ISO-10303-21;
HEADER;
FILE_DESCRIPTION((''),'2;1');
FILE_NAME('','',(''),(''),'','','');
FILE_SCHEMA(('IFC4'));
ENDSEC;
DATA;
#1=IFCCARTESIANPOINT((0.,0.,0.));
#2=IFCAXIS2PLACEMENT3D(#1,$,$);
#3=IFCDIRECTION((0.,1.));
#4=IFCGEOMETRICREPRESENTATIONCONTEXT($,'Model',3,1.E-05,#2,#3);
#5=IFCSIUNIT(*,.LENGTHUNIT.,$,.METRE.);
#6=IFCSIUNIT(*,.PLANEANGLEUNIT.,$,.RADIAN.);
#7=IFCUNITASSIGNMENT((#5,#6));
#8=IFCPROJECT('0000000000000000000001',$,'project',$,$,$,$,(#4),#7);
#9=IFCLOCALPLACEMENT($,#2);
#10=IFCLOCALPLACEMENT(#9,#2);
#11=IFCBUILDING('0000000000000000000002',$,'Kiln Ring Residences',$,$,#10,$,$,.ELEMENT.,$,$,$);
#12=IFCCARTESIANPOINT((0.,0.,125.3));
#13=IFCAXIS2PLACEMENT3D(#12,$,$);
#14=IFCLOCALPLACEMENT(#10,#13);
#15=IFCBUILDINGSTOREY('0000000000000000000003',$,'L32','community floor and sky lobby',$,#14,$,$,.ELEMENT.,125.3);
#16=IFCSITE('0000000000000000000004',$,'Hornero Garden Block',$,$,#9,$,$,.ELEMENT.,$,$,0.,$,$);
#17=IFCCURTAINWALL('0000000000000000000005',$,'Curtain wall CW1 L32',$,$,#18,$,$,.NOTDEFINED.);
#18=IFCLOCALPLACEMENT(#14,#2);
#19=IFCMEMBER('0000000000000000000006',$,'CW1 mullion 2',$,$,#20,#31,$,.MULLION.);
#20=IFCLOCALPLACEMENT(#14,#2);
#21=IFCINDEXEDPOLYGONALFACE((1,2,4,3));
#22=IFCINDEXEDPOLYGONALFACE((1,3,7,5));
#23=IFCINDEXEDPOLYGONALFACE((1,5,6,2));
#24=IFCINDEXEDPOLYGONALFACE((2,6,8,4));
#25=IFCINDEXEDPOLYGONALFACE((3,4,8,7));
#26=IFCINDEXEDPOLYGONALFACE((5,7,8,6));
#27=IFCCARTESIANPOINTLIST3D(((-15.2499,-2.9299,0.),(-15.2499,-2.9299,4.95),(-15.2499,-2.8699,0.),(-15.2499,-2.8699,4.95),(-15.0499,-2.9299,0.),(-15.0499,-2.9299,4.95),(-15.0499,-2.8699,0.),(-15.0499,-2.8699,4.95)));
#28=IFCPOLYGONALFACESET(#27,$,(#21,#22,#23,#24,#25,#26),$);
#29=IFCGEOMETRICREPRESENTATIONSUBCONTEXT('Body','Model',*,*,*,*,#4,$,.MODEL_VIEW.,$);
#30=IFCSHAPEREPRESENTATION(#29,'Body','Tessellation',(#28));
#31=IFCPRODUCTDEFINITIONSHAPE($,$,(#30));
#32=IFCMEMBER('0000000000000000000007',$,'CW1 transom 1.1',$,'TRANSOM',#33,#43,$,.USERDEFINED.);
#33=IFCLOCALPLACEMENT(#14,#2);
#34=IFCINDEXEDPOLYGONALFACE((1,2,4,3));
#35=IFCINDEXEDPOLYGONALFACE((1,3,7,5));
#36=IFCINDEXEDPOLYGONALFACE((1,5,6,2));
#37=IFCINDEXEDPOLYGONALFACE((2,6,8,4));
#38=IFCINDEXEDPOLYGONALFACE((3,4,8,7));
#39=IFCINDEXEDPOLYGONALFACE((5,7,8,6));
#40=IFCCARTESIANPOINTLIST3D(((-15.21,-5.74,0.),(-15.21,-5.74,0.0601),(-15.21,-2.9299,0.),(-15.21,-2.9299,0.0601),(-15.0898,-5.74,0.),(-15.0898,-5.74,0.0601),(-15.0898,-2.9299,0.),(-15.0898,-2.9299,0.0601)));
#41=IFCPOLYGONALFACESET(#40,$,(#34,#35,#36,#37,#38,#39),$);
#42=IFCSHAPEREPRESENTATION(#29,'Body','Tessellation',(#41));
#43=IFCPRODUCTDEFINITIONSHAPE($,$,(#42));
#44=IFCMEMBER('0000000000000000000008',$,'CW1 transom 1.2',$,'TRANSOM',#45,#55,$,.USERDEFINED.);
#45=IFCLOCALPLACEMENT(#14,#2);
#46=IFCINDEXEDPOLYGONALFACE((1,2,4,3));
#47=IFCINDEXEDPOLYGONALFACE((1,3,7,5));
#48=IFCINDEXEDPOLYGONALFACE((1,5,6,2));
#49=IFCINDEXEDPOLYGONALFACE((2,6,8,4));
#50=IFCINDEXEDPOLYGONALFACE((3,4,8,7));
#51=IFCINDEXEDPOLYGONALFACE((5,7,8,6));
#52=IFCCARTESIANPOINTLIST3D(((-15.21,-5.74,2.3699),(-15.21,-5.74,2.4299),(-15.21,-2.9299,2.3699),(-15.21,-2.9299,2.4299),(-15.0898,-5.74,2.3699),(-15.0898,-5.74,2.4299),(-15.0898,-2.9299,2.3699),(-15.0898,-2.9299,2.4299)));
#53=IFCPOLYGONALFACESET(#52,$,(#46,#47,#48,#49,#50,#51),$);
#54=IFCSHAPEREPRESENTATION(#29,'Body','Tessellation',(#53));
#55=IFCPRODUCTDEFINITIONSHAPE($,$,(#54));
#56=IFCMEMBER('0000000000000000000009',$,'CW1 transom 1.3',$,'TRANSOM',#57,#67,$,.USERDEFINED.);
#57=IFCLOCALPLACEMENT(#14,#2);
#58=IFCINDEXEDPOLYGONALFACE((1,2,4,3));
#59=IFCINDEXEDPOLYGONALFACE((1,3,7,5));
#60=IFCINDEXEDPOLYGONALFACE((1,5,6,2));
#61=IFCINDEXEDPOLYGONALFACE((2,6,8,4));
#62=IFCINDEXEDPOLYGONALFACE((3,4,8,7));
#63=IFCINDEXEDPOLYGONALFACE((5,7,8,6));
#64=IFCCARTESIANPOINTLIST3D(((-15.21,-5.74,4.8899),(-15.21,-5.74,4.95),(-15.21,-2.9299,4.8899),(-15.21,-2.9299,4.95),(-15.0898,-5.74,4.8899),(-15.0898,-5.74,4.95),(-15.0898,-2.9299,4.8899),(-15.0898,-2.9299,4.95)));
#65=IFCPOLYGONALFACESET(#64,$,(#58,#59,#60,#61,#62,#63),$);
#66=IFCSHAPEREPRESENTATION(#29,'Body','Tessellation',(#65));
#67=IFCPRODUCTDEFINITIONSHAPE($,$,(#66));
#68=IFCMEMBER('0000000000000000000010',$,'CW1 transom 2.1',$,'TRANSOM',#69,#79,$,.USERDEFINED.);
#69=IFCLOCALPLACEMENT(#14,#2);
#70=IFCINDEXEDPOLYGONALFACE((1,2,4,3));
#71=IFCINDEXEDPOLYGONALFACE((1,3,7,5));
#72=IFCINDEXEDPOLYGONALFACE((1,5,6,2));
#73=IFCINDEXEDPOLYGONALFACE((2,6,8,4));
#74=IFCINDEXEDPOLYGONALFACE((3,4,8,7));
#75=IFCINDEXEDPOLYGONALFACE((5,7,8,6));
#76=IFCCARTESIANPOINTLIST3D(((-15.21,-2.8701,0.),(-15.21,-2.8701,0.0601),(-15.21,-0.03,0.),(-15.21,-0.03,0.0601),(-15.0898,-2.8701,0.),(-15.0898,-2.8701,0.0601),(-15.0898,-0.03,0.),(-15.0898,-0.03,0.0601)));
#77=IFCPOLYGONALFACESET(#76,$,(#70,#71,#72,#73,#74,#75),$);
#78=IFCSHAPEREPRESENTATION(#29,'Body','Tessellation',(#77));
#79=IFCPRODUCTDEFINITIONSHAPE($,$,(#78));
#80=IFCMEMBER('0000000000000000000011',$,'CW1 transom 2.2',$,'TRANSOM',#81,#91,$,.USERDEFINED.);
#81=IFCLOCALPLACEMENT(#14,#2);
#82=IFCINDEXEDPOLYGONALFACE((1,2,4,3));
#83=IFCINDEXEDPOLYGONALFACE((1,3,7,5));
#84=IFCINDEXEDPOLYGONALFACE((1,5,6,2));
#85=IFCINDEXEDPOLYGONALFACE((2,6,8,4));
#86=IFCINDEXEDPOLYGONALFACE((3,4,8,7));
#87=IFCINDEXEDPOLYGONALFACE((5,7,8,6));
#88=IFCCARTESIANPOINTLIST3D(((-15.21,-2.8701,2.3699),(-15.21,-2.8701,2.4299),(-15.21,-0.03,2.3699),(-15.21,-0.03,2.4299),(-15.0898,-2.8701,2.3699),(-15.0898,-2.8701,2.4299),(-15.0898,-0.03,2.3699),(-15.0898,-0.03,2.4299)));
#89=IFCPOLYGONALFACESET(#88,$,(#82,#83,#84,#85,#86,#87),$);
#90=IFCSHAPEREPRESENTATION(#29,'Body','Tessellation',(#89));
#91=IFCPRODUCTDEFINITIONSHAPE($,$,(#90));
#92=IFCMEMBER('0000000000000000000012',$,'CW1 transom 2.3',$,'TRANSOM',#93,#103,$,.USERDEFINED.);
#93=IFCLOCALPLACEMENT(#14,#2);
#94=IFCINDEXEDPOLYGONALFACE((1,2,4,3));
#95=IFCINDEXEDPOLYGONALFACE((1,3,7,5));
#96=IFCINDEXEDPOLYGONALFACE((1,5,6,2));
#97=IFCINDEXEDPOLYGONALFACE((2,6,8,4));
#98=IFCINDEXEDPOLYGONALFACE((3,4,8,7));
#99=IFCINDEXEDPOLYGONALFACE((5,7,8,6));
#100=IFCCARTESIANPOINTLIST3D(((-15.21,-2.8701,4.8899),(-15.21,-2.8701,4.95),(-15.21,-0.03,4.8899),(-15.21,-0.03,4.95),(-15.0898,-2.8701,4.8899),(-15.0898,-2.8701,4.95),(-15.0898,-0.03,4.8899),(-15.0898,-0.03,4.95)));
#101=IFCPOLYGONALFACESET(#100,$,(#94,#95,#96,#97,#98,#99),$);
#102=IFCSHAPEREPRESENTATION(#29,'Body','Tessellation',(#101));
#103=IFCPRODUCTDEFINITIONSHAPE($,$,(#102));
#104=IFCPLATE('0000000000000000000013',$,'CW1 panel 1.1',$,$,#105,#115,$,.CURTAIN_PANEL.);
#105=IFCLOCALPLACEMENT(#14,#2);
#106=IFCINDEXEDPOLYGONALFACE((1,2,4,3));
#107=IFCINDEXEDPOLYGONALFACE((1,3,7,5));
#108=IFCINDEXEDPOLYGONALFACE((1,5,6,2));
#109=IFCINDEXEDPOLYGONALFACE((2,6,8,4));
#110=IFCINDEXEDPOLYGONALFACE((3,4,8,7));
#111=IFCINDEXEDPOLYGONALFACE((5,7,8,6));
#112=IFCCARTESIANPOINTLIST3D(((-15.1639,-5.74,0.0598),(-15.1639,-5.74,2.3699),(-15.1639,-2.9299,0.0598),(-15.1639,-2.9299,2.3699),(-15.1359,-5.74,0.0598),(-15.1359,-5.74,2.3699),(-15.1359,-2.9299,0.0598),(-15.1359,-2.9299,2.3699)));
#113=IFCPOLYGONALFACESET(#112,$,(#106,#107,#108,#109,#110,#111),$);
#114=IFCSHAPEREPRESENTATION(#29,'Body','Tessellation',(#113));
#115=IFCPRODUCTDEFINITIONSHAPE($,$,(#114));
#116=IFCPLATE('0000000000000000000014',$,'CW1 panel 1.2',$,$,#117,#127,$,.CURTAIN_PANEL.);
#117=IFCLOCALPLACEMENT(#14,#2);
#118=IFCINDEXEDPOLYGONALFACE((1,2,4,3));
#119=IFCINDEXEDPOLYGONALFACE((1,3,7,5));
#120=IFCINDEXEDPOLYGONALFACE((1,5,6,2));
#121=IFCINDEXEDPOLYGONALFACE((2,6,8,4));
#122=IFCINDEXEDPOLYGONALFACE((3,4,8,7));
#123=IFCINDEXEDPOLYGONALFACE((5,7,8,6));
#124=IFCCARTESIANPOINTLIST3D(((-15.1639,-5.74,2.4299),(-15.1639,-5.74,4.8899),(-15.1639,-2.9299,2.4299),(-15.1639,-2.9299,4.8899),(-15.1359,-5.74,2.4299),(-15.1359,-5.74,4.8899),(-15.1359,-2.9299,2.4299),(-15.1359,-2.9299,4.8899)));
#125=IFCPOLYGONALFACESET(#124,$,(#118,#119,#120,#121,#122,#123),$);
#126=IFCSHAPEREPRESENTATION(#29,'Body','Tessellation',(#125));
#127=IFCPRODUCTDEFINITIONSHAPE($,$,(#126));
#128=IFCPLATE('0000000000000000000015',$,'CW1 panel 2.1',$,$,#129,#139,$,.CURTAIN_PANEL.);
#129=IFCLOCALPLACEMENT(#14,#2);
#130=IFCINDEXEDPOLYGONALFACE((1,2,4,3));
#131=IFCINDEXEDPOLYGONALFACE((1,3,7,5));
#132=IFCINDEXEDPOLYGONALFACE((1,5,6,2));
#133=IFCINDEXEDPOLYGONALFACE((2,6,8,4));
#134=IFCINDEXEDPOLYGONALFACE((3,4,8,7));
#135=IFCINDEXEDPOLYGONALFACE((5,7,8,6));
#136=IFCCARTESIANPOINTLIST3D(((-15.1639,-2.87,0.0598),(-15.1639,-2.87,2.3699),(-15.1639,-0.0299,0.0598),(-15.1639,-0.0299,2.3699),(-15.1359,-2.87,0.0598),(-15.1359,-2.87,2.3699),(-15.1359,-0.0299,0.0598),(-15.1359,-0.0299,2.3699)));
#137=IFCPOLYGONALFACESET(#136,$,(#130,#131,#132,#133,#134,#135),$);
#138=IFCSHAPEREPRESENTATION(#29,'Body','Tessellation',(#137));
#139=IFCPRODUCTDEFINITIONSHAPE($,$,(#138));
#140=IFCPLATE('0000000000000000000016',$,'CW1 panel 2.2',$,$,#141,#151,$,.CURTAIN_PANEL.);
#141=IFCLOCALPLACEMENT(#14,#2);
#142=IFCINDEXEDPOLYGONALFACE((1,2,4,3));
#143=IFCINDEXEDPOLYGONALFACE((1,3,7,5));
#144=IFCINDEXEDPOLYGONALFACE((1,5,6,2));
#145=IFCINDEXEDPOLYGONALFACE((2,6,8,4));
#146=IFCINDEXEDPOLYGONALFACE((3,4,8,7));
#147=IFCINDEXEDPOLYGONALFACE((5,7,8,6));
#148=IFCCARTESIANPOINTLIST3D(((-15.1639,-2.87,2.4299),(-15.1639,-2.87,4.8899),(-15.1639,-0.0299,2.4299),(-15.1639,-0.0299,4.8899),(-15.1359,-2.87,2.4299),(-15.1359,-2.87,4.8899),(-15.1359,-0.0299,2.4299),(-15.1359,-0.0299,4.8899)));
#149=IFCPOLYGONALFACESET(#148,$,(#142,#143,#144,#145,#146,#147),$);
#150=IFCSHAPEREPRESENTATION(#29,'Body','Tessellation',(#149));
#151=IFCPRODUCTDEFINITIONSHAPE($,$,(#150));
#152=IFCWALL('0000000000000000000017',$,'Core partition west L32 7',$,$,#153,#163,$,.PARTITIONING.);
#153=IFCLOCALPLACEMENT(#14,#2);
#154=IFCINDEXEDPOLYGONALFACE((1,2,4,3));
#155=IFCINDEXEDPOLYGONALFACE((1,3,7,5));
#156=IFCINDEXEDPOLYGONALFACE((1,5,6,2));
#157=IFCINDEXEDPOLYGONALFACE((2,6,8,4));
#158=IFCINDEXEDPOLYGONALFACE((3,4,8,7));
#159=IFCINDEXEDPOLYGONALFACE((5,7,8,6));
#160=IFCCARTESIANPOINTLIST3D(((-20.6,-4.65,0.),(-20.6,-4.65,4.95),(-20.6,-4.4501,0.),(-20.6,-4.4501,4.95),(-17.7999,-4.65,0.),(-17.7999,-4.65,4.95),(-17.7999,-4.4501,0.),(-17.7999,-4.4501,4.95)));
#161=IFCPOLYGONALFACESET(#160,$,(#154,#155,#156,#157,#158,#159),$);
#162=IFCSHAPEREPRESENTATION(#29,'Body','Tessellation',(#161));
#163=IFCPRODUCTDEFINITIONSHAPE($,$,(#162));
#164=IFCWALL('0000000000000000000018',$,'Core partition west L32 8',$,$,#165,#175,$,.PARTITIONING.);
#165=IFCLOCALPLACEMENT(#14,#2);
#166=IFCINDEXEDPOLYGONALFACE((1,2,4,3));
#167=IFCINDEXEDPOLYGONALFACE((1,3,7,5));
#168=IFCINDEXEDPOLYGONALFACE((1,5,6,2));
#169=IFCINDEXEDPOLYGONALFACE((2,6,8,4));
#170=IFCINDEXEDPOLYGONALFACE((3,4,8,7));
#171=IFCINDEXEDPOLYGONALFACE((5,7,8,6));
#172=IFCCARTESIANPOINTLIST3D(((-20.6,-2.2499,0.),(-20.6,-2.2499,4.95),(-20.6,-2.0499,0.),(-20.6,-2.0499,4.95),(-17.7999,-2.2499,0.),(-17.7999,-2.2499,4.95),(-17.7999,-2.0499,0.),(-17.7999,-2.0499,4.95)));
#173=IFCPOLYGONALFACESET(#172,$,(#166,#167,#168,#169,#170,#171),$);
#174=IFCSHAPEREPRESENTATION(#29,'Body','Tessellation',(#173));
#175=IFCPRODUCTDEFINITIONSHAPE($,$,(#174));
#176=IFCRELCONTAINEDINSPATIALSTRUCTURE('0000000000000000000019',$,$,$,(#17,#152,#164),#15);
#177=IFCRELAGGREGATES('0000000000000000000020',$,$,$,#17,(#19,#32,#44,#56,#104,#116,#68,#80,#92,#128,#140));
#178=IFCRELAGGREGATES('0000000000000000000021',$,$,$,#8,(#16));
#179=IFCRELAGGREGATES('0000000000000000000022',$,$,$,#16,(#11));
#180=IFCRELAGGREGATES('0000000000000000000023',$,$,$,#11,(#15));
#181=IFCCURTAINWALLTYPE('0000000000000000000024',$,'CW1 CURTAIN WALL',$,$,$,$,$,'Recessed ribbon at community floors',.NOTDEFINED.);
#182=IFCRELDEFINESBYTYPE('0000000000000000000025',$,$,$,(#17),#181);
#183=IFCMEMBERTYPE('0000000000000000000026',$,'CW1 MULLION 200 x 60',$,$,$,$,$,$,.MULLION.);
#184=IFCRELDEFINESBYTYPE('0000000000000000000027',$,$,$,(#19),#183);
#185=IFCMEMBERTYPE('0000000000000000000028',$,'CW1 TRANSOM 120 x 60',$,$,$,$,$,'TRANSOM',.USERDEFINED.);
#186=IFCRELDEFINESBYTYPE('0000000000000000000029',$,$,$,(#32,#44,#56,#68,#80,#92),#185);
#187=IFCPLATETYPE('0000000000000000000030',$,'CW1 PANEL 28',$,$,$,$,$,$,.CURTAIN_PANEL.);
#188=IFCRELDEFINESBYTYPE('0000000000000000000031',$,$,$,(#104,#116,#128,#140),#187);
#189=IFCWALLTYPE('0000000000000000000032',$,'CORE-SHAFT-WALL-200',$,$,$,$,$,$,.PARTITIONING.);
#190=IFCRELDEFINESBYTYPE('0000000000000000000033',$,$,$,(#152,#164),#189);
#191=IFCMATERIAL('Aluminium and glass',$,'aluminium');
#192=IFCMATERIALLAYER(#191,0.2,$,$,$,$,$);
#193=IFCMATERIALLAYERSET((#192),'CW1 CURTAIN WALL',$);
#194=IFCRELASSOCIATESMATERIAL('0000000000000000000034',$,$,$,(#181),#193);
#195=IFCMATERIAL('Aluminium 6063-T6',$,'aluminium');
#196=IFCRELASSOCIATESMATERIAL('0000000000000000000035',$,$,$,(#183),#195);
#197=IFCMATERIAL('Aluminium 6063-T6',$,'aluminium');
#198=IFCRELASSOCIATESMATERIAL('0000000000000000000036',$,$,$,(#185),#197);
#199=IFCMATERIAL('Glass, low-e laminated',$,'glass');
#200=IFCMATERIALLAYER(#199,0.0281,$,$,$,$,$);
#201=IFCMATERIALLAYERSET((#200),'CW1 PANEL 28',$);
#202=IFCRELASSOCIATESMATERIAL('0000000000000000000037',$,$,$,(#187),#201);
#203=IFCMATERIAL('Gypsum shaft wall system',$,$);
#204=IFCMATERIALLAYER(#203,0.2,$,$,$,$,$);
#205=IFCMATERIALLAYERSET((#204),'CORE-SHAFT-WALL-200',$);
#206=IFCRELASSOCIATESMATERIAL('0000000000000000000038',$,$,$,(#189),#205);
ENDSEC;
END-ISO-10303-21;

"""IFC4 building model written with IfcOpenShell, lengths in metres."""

from ifc_helpers import new_model, si_unit, direction, frame, frame_2d, origin, origin_2d, place, context, subcontext, project, spatial, rectangle, extrude, material, layer, layer_set, material_profile, profile_set, type_object, element, aggregate, save


model = new_model("IFC4")

# Units and contexts
model_context = context("Model", 3, precision=1e-05, world=origin(), true_north=direction((0.0, 1.0)))
body_context = subcontext(model_context, "Body", "Model", "MODEL_VIEW")
ifc_project = project(units=[si_unit("LENGTHUNIT", "METRE"), si_unit("PLANEANGLEUNIT", "RADIAN")], contexts=[model_context])

# Site, building, storey
site_placement = place(None, origin())
site = spatial("IfcSite", under=ifc_project, at=site_placement, Name="Hornero Garden Block", CompositionType="ELEMENT", RefElevation=0.0)
building_placement = place(site_placement, origin())
building = spatial("IfcBuilding", under=site, at=building_placement, Name="Kiln Ring Residences", CompositionType="ELEMENT")
storey_placement = place(building_placement, frame((0.0, 0.0, 125.3)))
storey = spatial("IfcBuildingStorey", under=building, at=storey_placement, Name="L32", Description="community floor and sky lobby", CompositionType="ELEMENT", Elevation=125.3)

# Curtain wall, members, plates
ifc_material_1 = material(Name="Aluminium and glass", Category="aluminium")
ifc_layer_1 = layer(ifc_material_1, 0.2)
ifc_layer_set_1 = layer_set([ifc_layer_1], Name="CW1 CURTAIN WALL")
curtain_wall_type = type_object("IfcCurtainWallType", Name="CW1 CURTAIN WALL", ElementType="Recessed ribbon at community floors", PredefinedType="NOTDEFINED", material=ifc_layer_set_1)
curtain_wall_placement = place(storey_placement, origin())
curtain_wall = element("IfcCurtainWall", 1, at=curtain_wall_placement, inside=storey, type_object=curtain_wall_type, Name="Curtain wall CW1 L32", PredefinedType="NOTDEFINED")
ifc_material_2 = material(Name="Aluminium 6063-T6", Category="aluminium")
ifc_material_profile_1 = material_profile(ifc_material_2, rectangle(XDim=0.2, YDim=0.0601, at=origin_2d()), Name="AL 200x60")
ifc_profile_set_1 = profile_set([ifc_material_profile_1], Name="Aluminium 6063-T6")
member_type_1 = type_object("IfcMemberType", Name="CW1 MULLION 200 x 60", PredefinedType="MULLION", material=ifc_profile_set_1)
member_1_placement = place(storey_placement, frame((-15.1499, -2.8999, 0.0), z_axis=(0.0, 0.0, 1.0), x_axis=(-1.0, 0.0, 0.0)))
member_1 = element("IfcMember", 2, at=member_1_placement, type_object=member_type_1, Name="CW1 mullion 2", PredefinedType="MULLION", context=body_context, shape_type="SweptSolid", body=[
    extrude(rectangle(XDim=0.2, YDim=0.0601, at=origin_2d()), origin(), (0.0, 0.0, 1.0), 4.95),
])
ifc_material_3 = material(Name="Aluminium 6063-T6", Category="aluminium")
ifc_material_profile_2 = material_profile(ifc_material_3, rectangle(XDim=0.1201, YDim=0.0601, at=origin_2d()), Name="AL 120x60")
ifc_profile_set_2 = profile_set([ifc_material_profile_2], Name="Aluminium 6063-T6")
member_type_2 = type_object("IfcMemberType", Name="CW1 TRANSOM 120 x 60", ElementType="TRANSOM", PredefinedType="USERDEFINED", material=ifc_profile_set_2)
member_2_placement = place(storey_placement, frame((-15.1499, -5.74, 0.03), z_axis=(0.0, 1.0, 0.0), x_axis=(-1.0, 0.0, 0.0)))
member_2 = element("IfcMember", 3, at=member_2_placement, type_object=member_type_2, Name="CW1 transom 1.1", ObjectType="TRANSOM", PredefinedType="USERDEFINED", context=body_context, shape_type="SweptSolid", body=[
    extrude(rectangle(XDim=0.1201, YDim=0.0601, at=origin_2d()), origin(), (0.0, 0.0, 1.0), 2.8101),
])
member_3_placement = place(storey_placement, frame((-15.1499, -5.74, 2.3999), z_axis=(0.0, 1.0, 0.0), x_axis=(-1.0, 0.0, 0.0)))
member_3 = element("IfcMember", 4, at=member_3_placement, type_object=member_type_2, Name="CW1 transom 1.2", ObjectType="TRANSOM", PredefinedType="USERDEFINED", context=body_context, shape_type="SweptSolid", body=[
    extrude(rectangle(XDim=0.1201, YDim=0.0601, at=origin_2d()), origin(), (0.0, 0.0, 1.0), 2.8101),
])
member_4_placement = place(storey_placement, frame((-15.1499, -5.74, 4.9199), z_axis=(0.0, 1.0, 0.0), x_axis=(-1.0, 0.0, 0.0)))
member_4 = element("IfcMember", 5, at=member_4_placement, type_object=member_type_2, Name="CW1 transom 1.3", ObjectType="TRANSOM", PredefinedType="USERDEFINED", context=body_context, shape_type="SweptSolid", body=[
    extrude(rectangle(XDim=0.1201, YDim=0.0601, at=origin_2d()), origin(), (0.0, 0.0, 1.0), 2.8101),
])
member_5_placement = place(storey_placement, frame((-15.1499, -2.8701, 0.03), z_axis=(0.0, 1.0, 0.0), x_axis=(-1.0, 0.0, 0.0)))
member_5 = element("IfcMember", 6, at=member_5_placement, type_object=member_type_2, Name="CW1 transom 2.1", ObjectType="TRANSOM", PredefinedType="USERDEFINED", context=body_context, shape_type="SweptSolid", body=[
    extrude(rectangle(XDim=0.1201, YDim=0.0601, at=origin_2d()), origin(), (0.0, 0.0, 1.0), 2.8401),
])
member_6_placement = place(storey_placement, frame((-15.1499, -2.8701, 2.3999), z_axis=(0.0, 1.0, 0.0), x_axis=(-1.0, 0.0, 0.0)))
member_6 = element("IfcMember", 7, at=member_6_placement, type_object=member_type_2, Name="CW1 transom 2.2", ObjectType="TRANSOM", PredefinedType="USERDEFINED", context=body_context, shape_type="SweptSolid", body=[
    extrude(rectangle(XDim=0.1201, YDim=0.0601, at=origin_2d()), origin(), (0.0, 0.0, 1.0), 2.8401),
])
member_7_placement = place(storey_placement, frame((-15.1499, -2.8701, 4.9199), z_axis=(0.0, 1.0, 0.0), x_axis=(-1.0, 0.0, 0.0)))
member_7 = element("IfcMember", 8, at=member_7_placement, type_object=member_type_2, Name="CW1 transom 2.3", ObjectType="TRANSOM", PredefinedType="USERDEFINED", context=body_context, shape_type="SweptSolid", body=[
    extrude(rectangle(XDim=0.1201, YDim=0.0601, at=origin_2d()), origin(), (0.0, 0.0, 1.0), 2.8401),
])
ifc_material_4 = material(Name="Glass, low-e laminated", Category="glass")
ifc_layer_2 = layer(ifc_material_4, 0.0281)
ifc_layer_set_2 = layer_set([ifc_layer_2], Name="CW1 PANEL 28")
plate_type = type_object("IfcPlateType", Name="CW1 PANEL 28", PredefinedType="CURTAIN_PANEL", material=ifc_layer_set_2)
plate_1_placement = place(storey_placement, frame((-15.1499, -4.335, 0.0598), z_axis=(0.0, 0.0, 1.0), x_axis=(0.0, 1.0, 0.0)))
plate_1 = element("IfcPlate", 9, at=plate_1_placement, type_object=plate_type, Name="CW1 panel 1.1", PredefinedType="CURTAIN_PANEL", context=body_context, shape_type="SweptSolid", body=[
    extrude(rectangle(XDim=2.8101, YDim=0.0281, at=origin_2d()), origin(), (0.0, 0.0, 1.0), 2.3101),
])
plate_2_placement = place(storey_placement, frame((-15.1499, -4.335, 2.4299), z_axis=(0.0, 0.0, 1.0), x_axis=(0.0, 1.0, 0.0)))
plate_2 = element("IfcPlate", 10, at=plate_2_placement, type_object=plate_type, Name="CW1 panel 1.2", PredefinedType="CURTAIN_PANEL", context=body_context, shape_type="SweptSolid", body=[
    extrude(rectangle(XDim=2.8101, YDim=0.0281, at=origin_2d()), origin(), (0.0, 0.0, 1.0), 2.46),
])
plate_3_placement = place(storey_placement, frame((-15.1499, -1.45, 0.0598), z_axis=(0.0, 0.0, 1.0), x_axis=(0.0, 1.0, 0.0)))
plate_3 = element("IfcPlate", 11, at=plate_3_placement, type_object=plate_type, Name="CW1 panel 2.1", PredefinedType="CURTAIN_PANEL", context=body_context, shape_type="SweptSolid", body=[
    extrude(rectangle(XDim=2.8401, YDim=0.0281, at=origin_2d()), origin(), (0.0, 0.0, 1.0), 2.3101),
])
plate_4_placement = place(storey_placement, frame((-15.1499, -1.45, 2.4299), z_axis=(0.0, 0.0, 1.0), x_axis=(0.0, 1.0, 0.0)))
plate_4 = element("IfcPlate", 12, at=plate_4_placement, type_object=plate_type, Name="CW1 panel 2.2", PredefinedType="CURTAIN_PANEL", context=body_context, shape_type="SweptSolid", body=[
    extrude(rectangle(XDim=2.8401, YDim=0.0281, at=origin_2d()), origin(), (0.0, 0.0, 1.0), 2.46),
])
aggregate(curtain_wall, [member_1, member_2, member_3, member_4, plate_1, plate_2, member_5, member_6, member_7, plate_3, plate_4])

# Walls
ifc_material_5 = material(Name="Gypsum shaft wall system")
ifc_layer_3 = layer(ifc_material_5, 0.2)
ifc_layer_set_3 = layer_set([ifc_layer_3], Name="CORE-SHAFT-WALL-200")
wall_type = type_object("IfcWallType", Name="CORE-SHAFT-WALL-200", PredefinedType="PARTITIONING", material=ifc_layer_set_3)
for number, where, z_axis, x_axis, name in (
    (13, (-17.8, -4.55, 0.0), (0.0, 0.0, 1.0), (-1.0, 0.0, 0.0), "Core partition west L32 7"),
    (14, (-17.8, -2.1499, 0.0), (0.0, 0.0, 1.0), (-1.0, 0.0, 0.0), "Core partition west L32 8"),
):
    element("IfcWall", number, at=place(storey_placement, frame(where, z_axis=z_axis, x_axis=x_axis)), inside=storey, type_object=wall_type, Name=name, PredefinedType="PARTITIONING", context=body_context, shape_type="SweptSolid", body=[
        extrude(rectangle(XDim=2.8, YDim=0.2, at=frame_2d((1.3999, 0.0))), origin(), (0.0, 0.0, 1.0), 4.95),
    ])

save(model, "model.ifc")
